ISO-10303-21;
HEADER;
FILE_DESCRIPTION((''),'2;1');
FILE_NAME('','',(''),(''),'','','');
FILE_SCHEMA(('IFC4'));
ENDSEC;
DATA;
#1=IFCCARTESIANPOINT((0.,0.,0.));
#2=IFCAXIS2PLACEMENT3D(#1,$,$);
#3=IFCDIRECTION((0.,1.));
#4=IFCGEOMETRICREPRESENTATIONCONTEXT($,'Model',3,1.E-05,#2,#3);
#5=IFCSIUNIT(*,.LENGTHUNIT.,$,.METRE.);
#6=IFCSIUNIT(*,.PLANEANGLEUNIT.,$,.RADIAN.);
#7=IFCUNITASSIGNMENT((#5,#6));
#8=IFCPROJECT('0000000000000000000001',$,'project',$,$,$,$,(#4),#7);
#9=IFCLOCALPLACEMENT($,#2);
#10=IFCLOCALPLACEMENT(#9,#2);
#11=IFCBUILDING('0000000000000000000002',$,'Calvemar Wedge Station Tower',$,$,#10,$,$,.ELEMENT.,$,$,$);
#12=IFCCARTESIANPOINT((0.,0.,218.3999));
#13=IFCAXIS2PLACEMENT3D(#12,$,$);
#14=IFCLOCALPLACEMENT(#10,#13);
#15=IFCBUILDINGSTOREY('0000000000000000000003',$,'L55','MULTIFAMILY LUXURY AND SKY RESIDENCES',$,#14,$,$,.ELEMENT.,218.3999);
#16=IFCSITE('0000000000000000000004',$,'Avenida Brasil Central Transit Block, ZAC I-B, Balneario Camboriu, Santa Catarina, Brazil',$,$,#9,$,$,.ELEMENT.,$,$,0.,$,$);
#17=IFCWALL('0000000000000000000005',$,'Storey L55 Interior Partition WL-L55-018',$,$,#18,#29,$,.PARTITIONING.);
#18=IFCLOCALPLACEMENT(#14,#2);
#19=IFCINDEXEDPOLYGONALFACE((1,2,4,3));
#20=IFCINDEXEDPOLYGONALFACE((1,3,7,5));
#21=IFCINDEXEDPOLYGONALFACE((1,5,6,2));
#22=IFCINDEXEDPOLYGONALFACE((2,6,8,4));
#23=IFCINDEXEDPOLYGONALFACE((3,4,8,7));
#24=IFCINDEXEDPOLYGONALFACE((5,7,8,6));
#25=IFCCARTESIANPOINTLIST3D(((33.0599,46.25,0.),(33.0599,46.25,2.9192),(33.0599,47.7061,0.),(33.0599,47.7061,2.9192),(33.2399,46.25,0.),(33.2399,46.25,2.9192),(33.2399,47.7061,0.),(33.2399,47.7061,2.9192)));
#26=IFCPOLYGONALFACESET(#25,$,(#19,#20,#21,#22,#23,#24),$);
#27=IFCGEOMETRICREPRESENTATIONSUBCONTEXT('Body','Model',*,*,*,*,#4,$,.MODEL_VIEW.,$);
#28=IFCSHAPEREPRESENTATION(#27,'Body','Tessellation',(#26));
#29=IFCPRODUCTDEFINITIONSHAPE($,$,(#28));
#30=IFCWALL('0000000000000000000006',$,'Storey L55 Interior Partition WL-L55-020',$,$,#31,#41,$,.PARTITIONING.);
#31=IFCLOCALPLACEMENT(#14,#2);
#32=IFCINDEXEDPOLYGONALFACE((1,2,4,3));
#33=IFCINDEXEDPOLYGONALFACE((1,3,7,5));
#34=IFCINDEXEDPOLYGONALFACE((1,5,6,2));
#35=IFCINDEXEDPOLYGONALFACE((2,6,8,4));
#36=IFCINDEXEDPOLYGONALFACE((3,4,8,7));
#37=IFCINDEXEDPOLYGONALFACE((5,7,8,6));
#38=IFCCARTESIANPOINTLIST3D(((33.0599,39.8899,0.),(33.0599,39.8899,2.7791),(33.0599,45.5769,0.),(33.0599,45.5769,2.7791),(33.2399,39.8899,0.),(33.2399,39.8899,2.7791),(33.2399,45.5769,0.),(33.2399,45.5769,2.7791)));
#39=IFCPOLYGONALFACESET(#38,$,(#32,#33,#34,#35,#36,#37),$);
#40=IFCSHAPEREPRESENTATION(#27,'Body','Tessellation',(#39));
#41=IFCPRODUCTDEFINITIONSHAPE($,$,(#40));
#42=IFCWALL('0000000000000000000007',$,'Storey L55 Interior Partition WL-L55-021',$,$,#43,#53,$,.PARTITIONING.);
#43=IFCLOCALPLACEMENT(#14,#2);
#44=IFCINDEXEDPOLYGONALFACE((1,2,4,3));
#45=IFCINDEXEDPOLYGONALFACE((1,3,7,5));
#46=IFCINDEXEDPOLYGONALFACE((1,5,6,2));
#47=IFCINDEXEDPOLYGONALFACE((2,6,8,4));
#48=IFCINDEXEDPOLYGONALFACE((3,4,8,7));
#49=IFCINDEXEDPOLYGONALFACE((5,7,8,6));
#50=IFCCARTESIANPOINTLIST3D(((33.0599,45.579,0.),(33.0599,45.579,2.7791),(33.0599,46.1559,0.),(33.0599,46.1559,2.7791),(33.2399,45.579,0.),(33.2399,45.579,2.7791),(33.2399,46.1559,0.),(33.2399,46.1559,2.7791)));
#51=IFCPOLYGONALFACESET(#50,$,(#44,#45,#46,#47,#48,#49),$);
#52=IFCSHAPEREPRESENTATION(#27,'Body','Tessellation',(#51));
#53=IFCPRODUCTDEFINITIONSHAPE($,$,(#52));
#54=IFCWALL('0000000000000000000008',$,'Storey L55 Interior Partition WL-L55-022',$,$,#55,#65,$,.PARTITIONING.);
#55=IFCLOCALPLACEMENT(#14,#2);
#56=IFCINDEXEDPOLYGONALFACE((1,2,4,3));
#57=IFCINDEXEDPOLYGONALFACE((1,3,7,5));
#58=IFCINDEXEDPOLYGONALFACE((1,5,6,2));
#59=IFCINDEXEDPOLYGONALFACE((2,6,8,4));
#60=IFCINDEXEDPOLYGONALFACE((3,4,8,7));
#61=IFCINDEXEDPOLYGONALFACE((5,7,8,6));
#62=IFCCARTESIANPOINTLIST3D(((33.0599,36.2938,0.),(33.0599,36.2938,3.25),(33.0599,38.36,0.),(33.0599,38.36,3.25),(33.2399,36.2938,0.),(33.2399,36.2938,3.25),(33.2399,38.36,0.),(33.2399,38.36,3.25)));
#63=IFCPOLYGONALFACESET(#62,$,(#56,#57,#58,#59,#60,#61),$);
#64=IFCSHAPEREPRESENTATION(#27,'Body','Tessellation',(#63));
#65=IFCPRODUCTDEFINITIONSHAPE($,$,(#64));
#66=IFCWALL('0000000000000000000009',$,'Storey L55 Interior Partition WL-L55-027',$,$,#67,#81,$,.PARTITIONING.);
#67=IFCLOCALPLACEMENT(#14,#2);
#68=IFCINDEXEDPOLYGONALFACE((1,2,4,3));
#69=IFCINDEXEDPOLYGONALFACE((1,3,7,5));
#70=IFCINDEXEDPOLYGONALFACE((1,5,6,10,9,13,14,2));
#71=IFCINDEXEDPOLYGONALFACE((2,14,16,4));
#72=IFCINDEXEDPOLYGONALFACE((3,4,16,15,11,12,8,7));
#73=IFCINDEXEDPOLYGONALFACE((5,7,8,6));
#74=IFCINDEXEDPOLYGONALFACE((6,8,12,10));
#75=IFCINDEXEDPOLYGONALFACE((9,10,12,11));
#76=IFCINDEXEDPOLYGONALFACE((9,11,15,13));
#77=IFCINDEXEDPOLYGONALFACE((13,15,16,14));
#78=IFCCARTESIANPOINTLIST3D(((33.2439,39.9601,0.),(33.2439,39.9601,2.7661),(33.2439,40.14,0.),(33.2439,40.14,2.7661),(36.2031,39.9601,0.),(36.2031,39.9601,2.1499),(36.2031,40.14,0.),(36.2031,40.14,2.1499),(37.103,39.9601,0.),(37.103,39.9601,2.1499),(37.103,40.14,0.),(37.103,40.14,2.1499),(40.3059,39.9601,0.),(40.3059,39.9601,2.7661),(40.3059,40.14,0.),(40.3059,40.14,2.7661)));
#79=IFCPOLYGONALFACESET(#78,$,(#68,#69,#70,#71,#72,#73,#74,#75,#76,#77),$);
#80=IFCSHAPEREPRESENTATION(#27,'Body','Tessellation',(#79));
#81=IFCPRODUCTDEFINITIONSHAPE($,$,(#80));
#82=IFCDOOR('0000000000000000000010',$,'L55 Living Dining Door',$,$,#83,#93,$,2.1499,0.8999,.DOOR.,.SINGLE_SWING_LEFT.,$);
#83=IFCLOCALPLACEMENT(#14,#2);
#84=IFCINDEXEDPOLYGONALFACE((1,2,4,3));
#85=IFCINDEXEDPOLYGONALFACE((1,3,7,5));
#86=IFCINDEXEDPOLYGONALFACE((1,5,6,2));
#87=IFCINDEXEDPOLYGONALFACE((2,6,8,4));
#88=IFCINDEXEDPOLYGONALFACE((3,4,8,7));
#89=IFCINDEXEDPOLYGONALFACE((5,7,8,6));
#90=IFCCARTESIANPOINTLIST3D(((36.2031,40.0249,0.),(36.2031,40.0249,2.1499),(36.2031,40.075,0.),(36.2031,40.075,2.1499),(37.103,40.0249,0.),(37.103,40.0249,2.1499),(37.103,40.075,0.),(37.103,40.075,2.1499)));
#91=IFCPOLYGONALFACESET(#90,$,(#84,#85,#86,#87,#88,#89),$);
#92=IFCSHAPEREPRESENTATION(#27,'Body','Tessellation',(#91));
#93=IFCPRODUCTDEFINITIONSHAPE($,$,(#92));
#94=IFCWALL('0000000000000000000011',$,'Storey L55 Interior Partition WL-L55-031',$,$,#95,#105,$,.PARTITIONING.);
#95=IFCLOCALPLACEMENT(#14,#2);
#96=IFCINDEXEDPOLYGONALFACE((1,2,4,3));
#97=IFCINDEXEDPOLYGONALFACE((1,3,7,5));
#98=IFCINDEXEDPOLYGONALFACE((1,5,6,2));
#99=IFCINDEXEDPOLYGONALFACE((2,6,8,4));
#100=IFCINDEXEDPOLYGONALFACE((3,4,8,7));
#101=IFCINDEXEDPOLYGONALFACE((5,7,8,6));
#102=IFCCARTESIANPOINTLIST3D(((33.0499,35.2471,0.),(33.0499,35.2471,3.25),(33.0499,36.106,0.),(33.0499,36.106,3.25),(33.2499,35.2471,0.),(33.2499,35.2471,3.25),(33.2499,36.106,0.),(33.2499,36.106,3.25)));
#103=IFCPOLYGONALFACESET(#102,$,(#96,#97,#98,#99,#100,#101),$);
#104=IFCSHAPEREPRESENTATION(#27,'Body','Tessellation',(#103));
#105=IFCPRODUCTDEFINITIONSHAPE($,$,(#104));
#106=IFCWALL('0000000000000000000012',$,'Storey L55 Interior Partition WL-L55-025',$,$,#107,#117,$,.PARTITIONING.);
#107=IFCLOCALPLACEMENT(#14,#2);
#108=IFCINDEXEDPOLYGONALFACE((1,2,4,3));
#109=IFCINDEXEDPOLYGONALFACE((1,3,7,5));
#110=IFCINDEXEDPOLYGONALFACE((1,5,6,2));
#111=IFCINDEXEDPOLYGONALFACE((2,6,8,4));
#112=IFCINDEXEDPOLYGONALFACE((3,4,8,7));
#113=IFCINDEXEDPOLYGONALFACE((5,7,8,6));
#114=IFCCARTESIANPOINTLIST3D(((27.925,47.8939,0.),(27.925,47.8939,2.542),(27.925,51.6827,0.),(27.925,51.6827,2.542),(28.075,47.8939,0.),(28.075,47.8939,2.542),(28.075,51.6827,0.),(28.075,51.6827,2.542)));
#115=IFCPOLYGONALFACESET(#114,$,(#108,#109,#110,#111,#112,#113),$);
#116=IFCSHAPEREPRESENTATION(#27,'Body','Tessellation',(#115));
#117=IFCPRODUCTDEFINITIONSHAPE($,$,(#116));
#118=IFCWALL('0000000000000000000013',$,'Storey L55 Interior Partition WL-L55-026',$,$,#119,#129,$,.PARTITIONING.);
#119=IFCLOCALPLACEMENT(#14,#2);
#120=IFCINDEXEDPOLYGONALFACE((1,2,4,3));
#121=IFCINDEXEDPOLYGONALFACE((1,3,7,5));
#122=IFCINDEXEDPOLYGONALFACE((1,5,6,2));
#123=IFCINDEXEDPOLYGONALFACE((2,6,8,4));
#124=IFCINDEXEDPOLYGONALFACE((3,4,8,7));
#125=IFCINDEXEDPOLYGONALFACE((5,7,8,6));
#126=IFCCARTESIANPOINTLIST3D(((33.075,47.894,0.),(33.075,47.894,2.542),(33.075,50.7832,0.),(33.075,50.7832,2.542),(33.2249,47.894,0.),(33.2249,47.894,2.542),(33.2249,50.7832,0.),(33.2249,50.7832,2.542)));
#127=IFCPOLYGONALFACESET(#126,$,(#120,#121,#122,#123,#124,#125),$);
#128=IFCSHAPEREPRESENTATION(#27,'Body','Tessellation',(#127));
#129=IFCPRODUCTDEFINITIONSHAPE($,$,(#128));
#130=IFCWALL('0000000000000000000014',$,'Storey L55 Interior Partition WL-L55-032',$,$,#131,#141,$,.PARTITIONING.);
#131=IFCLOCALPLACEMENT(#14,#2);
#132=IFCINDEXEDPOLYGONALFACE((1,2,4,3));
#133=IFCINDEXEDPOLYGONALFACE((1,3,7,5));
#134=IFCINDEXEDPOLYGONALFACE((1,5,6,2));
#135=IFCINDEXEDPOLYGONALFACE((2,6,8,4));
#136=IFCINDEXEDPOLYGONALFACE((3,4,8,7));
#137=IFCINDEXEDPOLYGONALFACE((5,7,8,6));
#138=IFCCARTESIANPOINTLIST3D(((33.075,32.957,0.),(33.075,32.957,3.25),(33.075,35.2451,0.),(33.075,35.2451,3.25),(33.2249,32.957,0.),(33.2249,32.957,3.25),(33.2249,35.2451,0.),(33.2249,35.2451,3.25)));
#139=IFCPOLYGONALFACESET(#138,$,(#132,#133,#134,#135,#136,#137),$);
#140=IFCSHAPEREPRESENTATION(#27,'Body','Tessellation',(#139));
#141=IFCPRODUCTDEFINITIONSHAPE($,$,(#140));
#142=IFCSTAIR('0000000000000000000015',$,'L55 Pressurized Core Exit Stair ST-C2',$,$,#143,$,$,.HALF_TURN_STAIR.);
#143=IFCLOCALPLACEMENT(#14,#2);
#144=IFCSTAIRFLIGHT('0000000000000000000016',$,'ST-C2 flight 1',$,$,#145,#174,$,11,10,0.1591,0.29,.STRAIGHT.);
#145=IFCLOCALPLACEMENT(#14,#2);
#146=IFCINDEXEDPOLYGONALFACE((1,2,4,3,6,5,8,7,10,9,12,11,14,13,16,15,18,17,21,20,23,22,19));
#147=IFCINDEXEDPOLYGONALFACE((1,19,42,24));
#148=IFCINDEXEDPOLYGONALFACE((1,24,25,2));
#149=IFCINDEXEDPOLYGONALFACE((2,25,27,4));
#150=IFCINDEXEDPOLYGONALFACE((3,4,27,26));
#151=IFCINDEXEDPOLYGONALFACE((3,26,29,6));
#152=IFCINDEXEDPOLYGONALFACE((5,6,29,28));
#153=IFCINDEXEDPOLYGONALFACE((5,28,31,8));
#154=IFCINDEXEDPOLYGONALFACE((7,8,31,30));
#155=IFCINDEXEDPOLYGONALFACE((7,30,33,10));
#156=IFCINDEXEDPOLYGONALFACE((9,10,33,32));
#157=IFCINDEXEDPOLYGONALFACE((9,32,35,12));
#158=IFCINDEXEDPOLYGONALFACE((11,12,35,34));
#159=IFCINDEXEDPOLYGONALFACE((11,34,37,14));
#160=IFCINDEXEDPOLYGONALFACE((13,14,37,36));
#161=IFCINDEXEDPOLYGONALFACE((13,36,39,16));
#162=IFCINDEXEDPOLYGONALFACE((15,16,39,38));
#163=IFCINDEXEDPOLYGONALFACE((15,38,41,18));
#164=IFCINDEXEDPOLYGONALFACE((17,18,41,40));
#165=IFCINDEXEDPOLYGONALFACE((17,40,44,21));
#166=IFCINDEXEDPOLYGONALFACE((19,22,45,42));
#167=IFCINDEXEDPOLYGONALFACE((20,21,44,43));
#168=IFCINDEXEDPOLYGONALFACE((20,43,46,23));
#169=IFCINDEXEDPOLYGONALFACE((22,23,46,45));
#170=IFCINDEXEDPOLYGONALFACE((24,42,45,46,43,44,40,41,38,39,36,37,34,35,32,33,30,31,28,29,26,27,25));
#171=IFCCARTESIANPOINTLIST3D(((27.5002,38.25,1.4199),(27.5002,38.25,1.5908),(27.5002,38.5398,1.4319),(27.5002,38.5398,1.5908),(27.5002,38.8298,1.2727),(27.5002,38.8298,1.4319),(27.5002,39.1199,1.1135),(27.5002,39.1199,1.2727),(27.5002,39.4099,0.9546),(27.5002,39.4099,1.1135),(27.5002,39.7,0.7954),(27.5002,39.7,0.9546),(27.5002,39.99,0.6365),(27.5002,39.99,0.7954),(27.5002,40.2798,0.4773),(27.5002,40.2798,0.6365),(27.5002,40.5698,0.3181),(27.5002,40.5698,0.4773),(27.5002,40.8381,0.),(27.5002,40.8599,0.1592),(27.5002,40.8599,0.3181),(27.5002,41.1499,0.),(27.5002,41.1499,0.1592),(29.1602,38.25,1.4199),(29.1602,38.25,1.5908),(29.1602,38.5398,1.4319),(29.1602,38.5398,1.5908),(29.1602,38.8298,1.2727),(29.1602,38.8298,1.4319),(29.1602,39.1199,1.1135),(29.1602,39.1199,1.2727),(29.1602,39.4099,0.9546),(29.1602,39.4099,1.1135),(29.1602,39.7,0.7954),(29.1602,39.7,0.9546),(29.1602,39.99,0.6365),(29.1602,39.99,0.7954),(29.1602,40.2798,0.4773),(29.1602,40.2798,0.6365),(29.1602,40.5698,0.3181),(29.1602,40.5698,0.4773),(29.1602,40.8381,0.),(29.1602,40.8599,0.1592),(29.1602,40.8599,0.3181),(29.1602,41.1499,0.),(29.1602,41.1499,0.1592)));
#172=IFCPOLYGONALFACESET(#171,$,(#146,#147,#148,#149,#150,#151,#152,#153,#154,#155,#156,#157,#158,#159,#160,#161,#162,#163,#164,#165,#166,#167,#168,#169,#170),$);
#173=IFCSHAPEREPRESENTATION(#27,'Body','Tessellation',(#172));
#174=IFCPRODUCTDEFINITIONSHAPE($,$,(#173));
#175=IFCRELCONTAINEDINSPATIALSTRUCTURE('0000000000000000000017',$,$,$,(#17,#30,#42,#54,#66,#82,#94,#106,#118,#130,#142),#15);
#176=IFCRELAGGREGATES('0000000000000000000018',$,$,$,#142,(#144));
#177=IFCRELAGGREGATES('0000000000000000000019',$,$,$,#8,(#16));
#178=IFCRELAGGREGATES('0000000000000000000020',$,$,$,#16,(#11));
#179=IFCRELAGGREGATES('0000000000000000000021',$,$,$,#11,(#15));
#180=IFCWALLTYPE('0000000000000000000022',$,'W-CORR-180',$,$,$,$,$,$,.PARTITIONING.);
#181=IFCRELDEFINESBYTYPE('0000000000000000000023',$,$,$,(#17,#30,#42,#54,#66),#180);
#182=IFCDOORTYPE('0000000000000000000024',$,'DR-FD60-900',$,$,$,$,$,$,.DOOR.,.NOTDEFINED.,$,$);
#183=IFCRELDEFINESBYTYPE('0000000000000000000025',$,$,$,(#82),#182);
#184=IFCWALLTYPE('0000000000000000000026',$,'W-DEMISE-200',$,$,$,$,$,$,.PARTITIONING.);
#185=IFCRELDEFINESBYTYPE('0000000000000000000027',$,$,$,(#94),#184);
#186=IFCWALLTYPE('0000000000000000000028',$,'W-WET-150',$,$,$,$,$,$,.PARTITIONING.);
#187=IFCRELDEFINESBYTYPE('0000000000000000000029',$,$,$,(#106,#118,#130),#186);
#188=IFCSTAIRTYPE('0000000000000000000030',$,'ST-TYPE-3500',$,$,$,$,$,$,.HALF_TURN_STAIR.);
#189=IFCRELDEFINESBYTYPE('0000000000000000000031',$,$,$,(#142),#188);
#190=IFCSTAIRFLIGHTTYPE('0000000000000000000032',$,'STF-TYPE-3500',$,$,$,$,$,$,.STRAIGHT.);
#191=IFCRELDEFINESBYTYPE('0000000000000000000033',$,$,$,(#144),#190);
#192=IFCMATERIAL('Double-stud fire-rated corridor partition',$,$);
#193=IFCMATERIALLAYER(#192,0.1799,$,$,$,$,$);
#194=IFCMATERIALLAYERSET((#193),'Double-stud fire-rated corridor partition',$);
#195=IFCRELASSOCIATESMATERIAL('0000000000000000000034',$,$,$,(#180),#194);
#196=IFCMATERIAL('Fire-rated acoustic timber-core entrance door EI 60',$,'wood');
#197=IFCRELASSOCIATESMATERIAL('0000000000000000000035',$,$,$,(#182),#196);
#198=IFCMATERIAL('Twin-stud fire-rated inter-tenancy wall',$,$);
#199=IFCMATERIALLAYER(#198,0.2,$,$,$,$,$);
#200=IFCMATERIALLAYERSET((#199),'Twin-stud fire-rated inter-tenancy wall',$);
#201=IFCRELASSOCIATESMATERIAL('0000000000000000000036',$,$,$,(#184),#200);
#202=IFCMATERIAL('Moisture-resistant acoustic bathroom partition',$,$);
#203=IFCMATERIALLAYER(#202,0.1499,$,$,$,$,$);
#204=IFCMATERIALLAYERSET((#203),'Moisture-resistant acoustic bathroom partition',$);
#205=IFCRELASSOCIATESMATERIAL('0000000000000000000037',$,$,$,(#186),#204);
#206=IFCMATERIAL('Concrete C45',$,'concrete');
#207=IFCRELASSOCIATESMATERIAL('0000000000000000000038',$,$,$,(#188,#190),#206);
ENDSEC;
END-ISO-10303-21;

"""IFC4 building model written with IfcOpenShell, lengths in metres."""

from ifc_helpers import new_model, si_unit, direction, frame, frame_2d, origin, place, context, subcontext, project, spatial, polyline, rectangle, outline, extrude, source, transform, mapped, material, layer, layer_set, type_object, element, fill, aggregate, save


model = new_model("IFC4")

# Units and contexts
model_context = context("Model", 3, precision=1e-05, world=origin(), true_north=direction((0.0, 1.0)))
body_context = subcontext(model_context, "Body", "Model", "MODEL_VIEW")
ifc_project = project(units=[si_unit("LENGTHUNIT", "METRE"), si_unit("PLANEANGLEUNIT", "RADIAN")], contexts=[model_context])

# Site, building, storey
site_placement = place(None, origin())
site = spatial("IfcSite", under=ifc_project, at=site_placement, Name="Avenida Brasil Central Transit Block, ZAC I-B, Balneario Camboriu, Santa Catarina, Brazil", CompositionType="ELEMENT", RefElevation=0.0)
building_placement = place(site_placement, origin())
building = spatial("IfcBuilding", under=site, at=building_placement, Name="Calvemar Wedge Station Tower", CompositionType="ELEMENT")
storey_placement = place(building_placement, frame((0.0, 0.0, 218.3999)))
storey = spatial("IfcBuildingStorey", under=building, at=storey_placement, Name="L55", Description="MULTIFAMILY LUXURY AND SKY RESIDENCES", CompositionType="ELEMENT", Elevation=218.3999)

# Shared definitions
ifc_material_1 = material(Name="Double-stud fire-rated corridor partition")
ifc_layer_1 = layer(ifc_material_1, 0.1799)
ifc_layer_set_1 = layer_set([ifc_layer_1], Name="Double-stud fire-rated corridor partition")
wall_type_1 = type_object("IfcWallType", Name="W-CORR-180", PredefinedType="PARTITIONING", material=ifc_layer_set_1)

# Wall
wall_1_placement = place(storey_placement, frame((33.1499, 47.7061, 0.0), z_axis=(0.0, 0.0, 1.0), x_axis=(0.0, -1.0, 0.0)))
element("IfcWall", 1, at=wall_1_placement, inside=storey, type_object=wall_type_1, Name="Storey L55 Interior Partition WL-L55-018", PredefinedType="PARTITIONING", context=body_context, shape_type="SweptSolid", body=[
    extrude(rectangle(XDim=1.4561, YDim=0.1799, at=frame_2d((0.728, 0.0))), origin(), (0.0, 0.0, 1.0), 2.9192),
])

# Walls
wall_2_placement = place(storey_placement, frame((33.1499, 45.5769, 0.0), z_axis=(0.0, 0.0, 1.0), x_axis=(0.0, -1.0, 0.0)))
element("IfcWall", 2, at=wall_2_placement, inside=storey, type_object=wall_type_1, Name="Storey L55 Interior Partition WL-L55-020", PredefinedType="PARTITIONING", context=body_context, shape_type="SweptSolid", body=[
    extrude(rectangle(XDim=5.687, YDim=0.1799, at=frame_2d((2.8435, 0.0))), origin(), (0.0, 0.0, 1.0), 2.7791),
])
wall_3_placement = place(storey_placement, frame((33.1499, 46.156, 0.0), z_axis=(0.0, 0.0, 1.0), x_axis=(0.0, -1.0, 0.0)))
element("IfcWall", 3, at=wall_3_placement, inside=storey, type_object=wall_type_1, Name="Storey L55 Interior Partition WL-L55-021", PredefinedType="PARTITIONING", context=body_context, shape_type="SweptSolid", body=[
    extrude(rectangle(XDim=0.5769, YDim=0.1799, at=frame_2d((0.2886, 0.0))), origin(), (0.0, 0.0, 1.0), 2.7791),
])
wall_4_placement = place(storey_placement, frame((33.1499, 38.3601, 0.0), z_axis=(0.0, 0.0, 1.0), x_axis=(0.0, -1.0, 0.0)))
element("IfcWall", 4, at=wall_4_placement, inside=storey, type_object=wall_type_1, Name="Storey L55 Interior Partition WL-L55-022", PredefinedType="PARTITIONING", context=body_context, shape_type="SweptSolid", body=[
    extrude(rectangle(XDim=2.0662, YDim=0.1799, at=frame_2d((1.0332, 0.0))), origin(), (0.0, 0.0, 1.0), 3.25),
])

# Wall, opening, door
wall_5_placement = place(storey_placement, frame((33.2439, 40.05, 0.0), z_axis=(0.0, 0.0, 1.0), x_axis=(1.0, 0.0, 0.0)))
wall_5 = element("IfcWall", 5, at=wall_5_placement, inside=storey, type_object=wall_type_1, Name="Storey L55 Interior Partition WL-L55-027", PredefinedType="PARTITIONING", context=body_context, shape_type="SweptSolid", body=[
    extrude(rectangle(XDim=7.062, YDim=0.1799, at=frame_2d((3.531, 0.0))), origin(), (0.0, 0.0, 1.0), 2.7661),
])
shared_shape_1 = source(origin(), body_context, "Body", "SweptSolid", [
    extrude(rectangle(XDim=0.8999, YDim=2.1499, at=frame_2d((0.45, 1.075))), frame((0.0, 0.1001, 0.0), z_axis=(0.0, -1.0, 0.0), x_axis=(1.0, 0.0, 0.0)), (0.0, 0.0, 1.0), 0.2),
])
opening_1_placement = place(wall_5_placement, frame((2.9592, 0.0, 0.0)))
opening_1 = element("IfcOpeningElement", 6, at=opening_1_placement, cuts=wall_5, PredefinedType="OPENING", context=body_context, shape_type="MappedRepresentation", body=[
    mapped(shared_shape_1, transform((0.0, 0.0, 0.0), scale=1.0)),
])
ifc_material_2 = material(Name="Fire-rated acoustic timber-core entrance door EI 60", Category="wood")
door_type_1 = type_object("IfcDoorType", Name="DR-FD60-900", OperationType="NOTDEFINED", PredefinedType="DOOR", material=ifc_material_2)
shared_shape_2 = source(origin(), body_context, "Body", "SweptSolid", [
    extrude(rectangle(XDim=0.8999, YDim=2.1499, at=frame_2d((0.45, 1.075))), frame((0.0, 0.0249, 0.0), z_axis=(0.0, -1.0, 0.0), x_axis=(1.0, 0.0, 0.0)), (0.0, 0.0, 1.0), 0.05),
])
door_1_placement = place(opening_1_placement, origin())
door_1 = element("IfcDoor", 7, at=door_1_placement, inside=storey, type_object=door_type_1, Name="L55 Living Dining Door", OperationType="SINGLE_SWING_LEFT", OverallHeight=2.1499, OverallWidth=0.8999, PredefinedType="DOOR", context=body_context, shape_type="MappedRepresentation", body=[
    mapped(shared_shape_2, transform((0.0, 0.0, 0.0), scale=1.0)),
])
fill(opening_1, door_1)

# Walls
ifc_material_3 = material(Name="Twin-stud fire-rated inter-tenancy wall")
ifc_layer_2 = layer(ifc_material_3, 0.2)
ifc_layer_set_2 = layer_set([ifc_layer_2], Name="Twin-stud fire-rated inter-tenancy wall")
wall_type_2 = type_object("IfcWallType", Name="W-DEMISE-200", PredefinedType="PARTITIONING", material=ifc_layer_set_2)
wall_6_placement = place(storey_placement, frame((33.1499, 36.106, 0.0), z_axis=(0.0, 0.0, 1.0), x_axis=(0.0, -1.0, 0.0)))
element("IfcWall", 8, at=wall_6_placement, inside=storey, type_object=wall_type_2, Name="Storey L55 Interior Partition WL-L55-031", PredefinedType="PARTITIONING", context=body_context, shape_type="SweptSolid", body=[
    extrude(rectangle(XDim=0.8589, YDim=0.2, at=frame_2d((0.4294, 0.0))), origin(), (0.0, 0.0, 1.0), 3.25),
])
ifc_material_4 = material(Name="Moisture-resistant acoustic bathroom partition")
ifc_layer_3 = layer(ifc_material_4, 0.1499)
ifc_layer_set_3 = layer_set([ifc_layer_3], Name="Moisture-resistant acoustic bathroom partition")
wall_type_3 = type_object("IfcWallType", Name="W-WET-150", PredefinedType="PARTITIONING", material=ifc_layer_set_3)
wall_7_placement = place(storey_placement, frame((28.0, 51.6829, 0.0), z_axis=(0.0, 0.0, 1.0), x_axis=(0.0, -1.0, 0.0)))
element("IfcWall", 9, at=wall_7_placement, inside=storey, type_object=wall_type_3, Name="Storey L55 Interior Partition WL-L55-025", PredefinedType="PARTITIONING", context=body_context, shape_type="SweptSolid", body=[
    extrude(rectangle(XDim=3.7888, YDim=0.1499, at=frame_2d((1.8945, 0.0))), origin(), (0.0, 0.0, 1.0), 2.542),
])
wall_8_placement = place(storey_placement, frame((33.1499, 50.7832, 0.0), z_axis=(0.0, 0.0, 1.0), x_axis=(0.0, -1.0, 0.0)))
element("IfcWall", 10, at=wall_8_placement, inside=storey, type_object=wall_type_3, Name="Storey L55 Interior Partition WL-L55-026", PredefinedType="PARTITIONING", context=body_context, shape_type="SweptSolid", body=[
    extrude(rectangle(XDim=2.8892, YDim=0.1499, at=frame_2d((1.4446, 0.0))), origin(), (0.0, 0.0, 1.0), 2.542),
])
wall_9_placement = place(storey_placement, frame((33.1499, 35.2451, 0.0), z_axis=(0.0, 0.0, 1.0), x_axis=(0.0, -1.0, 0.0)))
element("IfcWall", 11, at=wall_9_placement, inside=storey, type_object=wall_type_3, Name="Storey L55 Interior Partition WL-L55-032", PredefinedType="PARTITIONING", context=body_context, shape_type="SweptSolid", body=[
    extrude(rectangle(XDim=2.2881, YDim=0.1499, at=frame_2d((1.144, 0.0))), origin(), (0.0, 0.0, 1.0), 3.25),
])

# Stair, stair flight
ifc_material_5 = material(Name="Concrete C45", Category="concrete")
stair_type = type_object("IfcStairType", Name="ST-TYPE-3500", PredefinedType="HALF_TURN_STAIR", material=ifc_material_5)
stair_placement = place(storey_placement, origin())
stair = element("IfcStair", 12, at=stair_placement, inside=storey, type_object=stair_type, Name="L55 Pressurized Core Exit Stair ST-C2", PredefinedType="HALF_TURN_STAIR")
stair_flight_type = type_object("IfcStairFlightType", Name="STF-TYPE-3500", PredefinedType="STRAIGHT", material=ifc_material_5)
stair_flight_1_placement = place(storey_placement, frame((28.3301, 41.1499, 0.0), z_axis=(0.0, 0.0, 1.0), x_axis=(0.0, -1.0, 0.0)))
stair_flight_1 = element("IfcStairFlight", 13, at=stair_flight_1_placement, type_object=stair_flight_type, Name="ST-C2 flight 1", NumberOfRisers=11, NumberOfTreads=10, PredefinedType="STRAIGHT", RiserHeight=0.1591, TreadLength=0.29, context=body_context, shape_type="SweptSolid", body=[
    extrude(outline(polyline([(0.0, 0.0), (0.0, 0.1592), (0.29, 0.1592), (0.29, 0.3181), (0.5801, 0.3181), (0.5801, 0.4773), (0.8701, 0.4773), (0.8701, 0.6365), (1.1599, 0.6365), (1.1599, 0.7954), (1.45, 0.7954), (1.45, 0.9546), (1.74, 0.9546), (1.74, 1.1135), (2.03, 1.1135), (2.03, 1.2727), (2.3201, 1.2727), (2.3201, 1.4319), (2.6101, 1.4319), (2.6101, 1.5908), (2.8999, 1.5908), (2.8999, 1.75), (2.8999, 1.4199), (0.3118, 0.0), (0.0, 0.0)])), frame((0.0, 0.8301, 0.0), z_axis=(0.0, -1.0, 0.0), x_axis=(1.0, 0.0, 0.0)), (0.0, 0.0, 1.0), 1.6599),
])
aggregate(stair, [stair_flight_1])

save(model, "model.ifc")
